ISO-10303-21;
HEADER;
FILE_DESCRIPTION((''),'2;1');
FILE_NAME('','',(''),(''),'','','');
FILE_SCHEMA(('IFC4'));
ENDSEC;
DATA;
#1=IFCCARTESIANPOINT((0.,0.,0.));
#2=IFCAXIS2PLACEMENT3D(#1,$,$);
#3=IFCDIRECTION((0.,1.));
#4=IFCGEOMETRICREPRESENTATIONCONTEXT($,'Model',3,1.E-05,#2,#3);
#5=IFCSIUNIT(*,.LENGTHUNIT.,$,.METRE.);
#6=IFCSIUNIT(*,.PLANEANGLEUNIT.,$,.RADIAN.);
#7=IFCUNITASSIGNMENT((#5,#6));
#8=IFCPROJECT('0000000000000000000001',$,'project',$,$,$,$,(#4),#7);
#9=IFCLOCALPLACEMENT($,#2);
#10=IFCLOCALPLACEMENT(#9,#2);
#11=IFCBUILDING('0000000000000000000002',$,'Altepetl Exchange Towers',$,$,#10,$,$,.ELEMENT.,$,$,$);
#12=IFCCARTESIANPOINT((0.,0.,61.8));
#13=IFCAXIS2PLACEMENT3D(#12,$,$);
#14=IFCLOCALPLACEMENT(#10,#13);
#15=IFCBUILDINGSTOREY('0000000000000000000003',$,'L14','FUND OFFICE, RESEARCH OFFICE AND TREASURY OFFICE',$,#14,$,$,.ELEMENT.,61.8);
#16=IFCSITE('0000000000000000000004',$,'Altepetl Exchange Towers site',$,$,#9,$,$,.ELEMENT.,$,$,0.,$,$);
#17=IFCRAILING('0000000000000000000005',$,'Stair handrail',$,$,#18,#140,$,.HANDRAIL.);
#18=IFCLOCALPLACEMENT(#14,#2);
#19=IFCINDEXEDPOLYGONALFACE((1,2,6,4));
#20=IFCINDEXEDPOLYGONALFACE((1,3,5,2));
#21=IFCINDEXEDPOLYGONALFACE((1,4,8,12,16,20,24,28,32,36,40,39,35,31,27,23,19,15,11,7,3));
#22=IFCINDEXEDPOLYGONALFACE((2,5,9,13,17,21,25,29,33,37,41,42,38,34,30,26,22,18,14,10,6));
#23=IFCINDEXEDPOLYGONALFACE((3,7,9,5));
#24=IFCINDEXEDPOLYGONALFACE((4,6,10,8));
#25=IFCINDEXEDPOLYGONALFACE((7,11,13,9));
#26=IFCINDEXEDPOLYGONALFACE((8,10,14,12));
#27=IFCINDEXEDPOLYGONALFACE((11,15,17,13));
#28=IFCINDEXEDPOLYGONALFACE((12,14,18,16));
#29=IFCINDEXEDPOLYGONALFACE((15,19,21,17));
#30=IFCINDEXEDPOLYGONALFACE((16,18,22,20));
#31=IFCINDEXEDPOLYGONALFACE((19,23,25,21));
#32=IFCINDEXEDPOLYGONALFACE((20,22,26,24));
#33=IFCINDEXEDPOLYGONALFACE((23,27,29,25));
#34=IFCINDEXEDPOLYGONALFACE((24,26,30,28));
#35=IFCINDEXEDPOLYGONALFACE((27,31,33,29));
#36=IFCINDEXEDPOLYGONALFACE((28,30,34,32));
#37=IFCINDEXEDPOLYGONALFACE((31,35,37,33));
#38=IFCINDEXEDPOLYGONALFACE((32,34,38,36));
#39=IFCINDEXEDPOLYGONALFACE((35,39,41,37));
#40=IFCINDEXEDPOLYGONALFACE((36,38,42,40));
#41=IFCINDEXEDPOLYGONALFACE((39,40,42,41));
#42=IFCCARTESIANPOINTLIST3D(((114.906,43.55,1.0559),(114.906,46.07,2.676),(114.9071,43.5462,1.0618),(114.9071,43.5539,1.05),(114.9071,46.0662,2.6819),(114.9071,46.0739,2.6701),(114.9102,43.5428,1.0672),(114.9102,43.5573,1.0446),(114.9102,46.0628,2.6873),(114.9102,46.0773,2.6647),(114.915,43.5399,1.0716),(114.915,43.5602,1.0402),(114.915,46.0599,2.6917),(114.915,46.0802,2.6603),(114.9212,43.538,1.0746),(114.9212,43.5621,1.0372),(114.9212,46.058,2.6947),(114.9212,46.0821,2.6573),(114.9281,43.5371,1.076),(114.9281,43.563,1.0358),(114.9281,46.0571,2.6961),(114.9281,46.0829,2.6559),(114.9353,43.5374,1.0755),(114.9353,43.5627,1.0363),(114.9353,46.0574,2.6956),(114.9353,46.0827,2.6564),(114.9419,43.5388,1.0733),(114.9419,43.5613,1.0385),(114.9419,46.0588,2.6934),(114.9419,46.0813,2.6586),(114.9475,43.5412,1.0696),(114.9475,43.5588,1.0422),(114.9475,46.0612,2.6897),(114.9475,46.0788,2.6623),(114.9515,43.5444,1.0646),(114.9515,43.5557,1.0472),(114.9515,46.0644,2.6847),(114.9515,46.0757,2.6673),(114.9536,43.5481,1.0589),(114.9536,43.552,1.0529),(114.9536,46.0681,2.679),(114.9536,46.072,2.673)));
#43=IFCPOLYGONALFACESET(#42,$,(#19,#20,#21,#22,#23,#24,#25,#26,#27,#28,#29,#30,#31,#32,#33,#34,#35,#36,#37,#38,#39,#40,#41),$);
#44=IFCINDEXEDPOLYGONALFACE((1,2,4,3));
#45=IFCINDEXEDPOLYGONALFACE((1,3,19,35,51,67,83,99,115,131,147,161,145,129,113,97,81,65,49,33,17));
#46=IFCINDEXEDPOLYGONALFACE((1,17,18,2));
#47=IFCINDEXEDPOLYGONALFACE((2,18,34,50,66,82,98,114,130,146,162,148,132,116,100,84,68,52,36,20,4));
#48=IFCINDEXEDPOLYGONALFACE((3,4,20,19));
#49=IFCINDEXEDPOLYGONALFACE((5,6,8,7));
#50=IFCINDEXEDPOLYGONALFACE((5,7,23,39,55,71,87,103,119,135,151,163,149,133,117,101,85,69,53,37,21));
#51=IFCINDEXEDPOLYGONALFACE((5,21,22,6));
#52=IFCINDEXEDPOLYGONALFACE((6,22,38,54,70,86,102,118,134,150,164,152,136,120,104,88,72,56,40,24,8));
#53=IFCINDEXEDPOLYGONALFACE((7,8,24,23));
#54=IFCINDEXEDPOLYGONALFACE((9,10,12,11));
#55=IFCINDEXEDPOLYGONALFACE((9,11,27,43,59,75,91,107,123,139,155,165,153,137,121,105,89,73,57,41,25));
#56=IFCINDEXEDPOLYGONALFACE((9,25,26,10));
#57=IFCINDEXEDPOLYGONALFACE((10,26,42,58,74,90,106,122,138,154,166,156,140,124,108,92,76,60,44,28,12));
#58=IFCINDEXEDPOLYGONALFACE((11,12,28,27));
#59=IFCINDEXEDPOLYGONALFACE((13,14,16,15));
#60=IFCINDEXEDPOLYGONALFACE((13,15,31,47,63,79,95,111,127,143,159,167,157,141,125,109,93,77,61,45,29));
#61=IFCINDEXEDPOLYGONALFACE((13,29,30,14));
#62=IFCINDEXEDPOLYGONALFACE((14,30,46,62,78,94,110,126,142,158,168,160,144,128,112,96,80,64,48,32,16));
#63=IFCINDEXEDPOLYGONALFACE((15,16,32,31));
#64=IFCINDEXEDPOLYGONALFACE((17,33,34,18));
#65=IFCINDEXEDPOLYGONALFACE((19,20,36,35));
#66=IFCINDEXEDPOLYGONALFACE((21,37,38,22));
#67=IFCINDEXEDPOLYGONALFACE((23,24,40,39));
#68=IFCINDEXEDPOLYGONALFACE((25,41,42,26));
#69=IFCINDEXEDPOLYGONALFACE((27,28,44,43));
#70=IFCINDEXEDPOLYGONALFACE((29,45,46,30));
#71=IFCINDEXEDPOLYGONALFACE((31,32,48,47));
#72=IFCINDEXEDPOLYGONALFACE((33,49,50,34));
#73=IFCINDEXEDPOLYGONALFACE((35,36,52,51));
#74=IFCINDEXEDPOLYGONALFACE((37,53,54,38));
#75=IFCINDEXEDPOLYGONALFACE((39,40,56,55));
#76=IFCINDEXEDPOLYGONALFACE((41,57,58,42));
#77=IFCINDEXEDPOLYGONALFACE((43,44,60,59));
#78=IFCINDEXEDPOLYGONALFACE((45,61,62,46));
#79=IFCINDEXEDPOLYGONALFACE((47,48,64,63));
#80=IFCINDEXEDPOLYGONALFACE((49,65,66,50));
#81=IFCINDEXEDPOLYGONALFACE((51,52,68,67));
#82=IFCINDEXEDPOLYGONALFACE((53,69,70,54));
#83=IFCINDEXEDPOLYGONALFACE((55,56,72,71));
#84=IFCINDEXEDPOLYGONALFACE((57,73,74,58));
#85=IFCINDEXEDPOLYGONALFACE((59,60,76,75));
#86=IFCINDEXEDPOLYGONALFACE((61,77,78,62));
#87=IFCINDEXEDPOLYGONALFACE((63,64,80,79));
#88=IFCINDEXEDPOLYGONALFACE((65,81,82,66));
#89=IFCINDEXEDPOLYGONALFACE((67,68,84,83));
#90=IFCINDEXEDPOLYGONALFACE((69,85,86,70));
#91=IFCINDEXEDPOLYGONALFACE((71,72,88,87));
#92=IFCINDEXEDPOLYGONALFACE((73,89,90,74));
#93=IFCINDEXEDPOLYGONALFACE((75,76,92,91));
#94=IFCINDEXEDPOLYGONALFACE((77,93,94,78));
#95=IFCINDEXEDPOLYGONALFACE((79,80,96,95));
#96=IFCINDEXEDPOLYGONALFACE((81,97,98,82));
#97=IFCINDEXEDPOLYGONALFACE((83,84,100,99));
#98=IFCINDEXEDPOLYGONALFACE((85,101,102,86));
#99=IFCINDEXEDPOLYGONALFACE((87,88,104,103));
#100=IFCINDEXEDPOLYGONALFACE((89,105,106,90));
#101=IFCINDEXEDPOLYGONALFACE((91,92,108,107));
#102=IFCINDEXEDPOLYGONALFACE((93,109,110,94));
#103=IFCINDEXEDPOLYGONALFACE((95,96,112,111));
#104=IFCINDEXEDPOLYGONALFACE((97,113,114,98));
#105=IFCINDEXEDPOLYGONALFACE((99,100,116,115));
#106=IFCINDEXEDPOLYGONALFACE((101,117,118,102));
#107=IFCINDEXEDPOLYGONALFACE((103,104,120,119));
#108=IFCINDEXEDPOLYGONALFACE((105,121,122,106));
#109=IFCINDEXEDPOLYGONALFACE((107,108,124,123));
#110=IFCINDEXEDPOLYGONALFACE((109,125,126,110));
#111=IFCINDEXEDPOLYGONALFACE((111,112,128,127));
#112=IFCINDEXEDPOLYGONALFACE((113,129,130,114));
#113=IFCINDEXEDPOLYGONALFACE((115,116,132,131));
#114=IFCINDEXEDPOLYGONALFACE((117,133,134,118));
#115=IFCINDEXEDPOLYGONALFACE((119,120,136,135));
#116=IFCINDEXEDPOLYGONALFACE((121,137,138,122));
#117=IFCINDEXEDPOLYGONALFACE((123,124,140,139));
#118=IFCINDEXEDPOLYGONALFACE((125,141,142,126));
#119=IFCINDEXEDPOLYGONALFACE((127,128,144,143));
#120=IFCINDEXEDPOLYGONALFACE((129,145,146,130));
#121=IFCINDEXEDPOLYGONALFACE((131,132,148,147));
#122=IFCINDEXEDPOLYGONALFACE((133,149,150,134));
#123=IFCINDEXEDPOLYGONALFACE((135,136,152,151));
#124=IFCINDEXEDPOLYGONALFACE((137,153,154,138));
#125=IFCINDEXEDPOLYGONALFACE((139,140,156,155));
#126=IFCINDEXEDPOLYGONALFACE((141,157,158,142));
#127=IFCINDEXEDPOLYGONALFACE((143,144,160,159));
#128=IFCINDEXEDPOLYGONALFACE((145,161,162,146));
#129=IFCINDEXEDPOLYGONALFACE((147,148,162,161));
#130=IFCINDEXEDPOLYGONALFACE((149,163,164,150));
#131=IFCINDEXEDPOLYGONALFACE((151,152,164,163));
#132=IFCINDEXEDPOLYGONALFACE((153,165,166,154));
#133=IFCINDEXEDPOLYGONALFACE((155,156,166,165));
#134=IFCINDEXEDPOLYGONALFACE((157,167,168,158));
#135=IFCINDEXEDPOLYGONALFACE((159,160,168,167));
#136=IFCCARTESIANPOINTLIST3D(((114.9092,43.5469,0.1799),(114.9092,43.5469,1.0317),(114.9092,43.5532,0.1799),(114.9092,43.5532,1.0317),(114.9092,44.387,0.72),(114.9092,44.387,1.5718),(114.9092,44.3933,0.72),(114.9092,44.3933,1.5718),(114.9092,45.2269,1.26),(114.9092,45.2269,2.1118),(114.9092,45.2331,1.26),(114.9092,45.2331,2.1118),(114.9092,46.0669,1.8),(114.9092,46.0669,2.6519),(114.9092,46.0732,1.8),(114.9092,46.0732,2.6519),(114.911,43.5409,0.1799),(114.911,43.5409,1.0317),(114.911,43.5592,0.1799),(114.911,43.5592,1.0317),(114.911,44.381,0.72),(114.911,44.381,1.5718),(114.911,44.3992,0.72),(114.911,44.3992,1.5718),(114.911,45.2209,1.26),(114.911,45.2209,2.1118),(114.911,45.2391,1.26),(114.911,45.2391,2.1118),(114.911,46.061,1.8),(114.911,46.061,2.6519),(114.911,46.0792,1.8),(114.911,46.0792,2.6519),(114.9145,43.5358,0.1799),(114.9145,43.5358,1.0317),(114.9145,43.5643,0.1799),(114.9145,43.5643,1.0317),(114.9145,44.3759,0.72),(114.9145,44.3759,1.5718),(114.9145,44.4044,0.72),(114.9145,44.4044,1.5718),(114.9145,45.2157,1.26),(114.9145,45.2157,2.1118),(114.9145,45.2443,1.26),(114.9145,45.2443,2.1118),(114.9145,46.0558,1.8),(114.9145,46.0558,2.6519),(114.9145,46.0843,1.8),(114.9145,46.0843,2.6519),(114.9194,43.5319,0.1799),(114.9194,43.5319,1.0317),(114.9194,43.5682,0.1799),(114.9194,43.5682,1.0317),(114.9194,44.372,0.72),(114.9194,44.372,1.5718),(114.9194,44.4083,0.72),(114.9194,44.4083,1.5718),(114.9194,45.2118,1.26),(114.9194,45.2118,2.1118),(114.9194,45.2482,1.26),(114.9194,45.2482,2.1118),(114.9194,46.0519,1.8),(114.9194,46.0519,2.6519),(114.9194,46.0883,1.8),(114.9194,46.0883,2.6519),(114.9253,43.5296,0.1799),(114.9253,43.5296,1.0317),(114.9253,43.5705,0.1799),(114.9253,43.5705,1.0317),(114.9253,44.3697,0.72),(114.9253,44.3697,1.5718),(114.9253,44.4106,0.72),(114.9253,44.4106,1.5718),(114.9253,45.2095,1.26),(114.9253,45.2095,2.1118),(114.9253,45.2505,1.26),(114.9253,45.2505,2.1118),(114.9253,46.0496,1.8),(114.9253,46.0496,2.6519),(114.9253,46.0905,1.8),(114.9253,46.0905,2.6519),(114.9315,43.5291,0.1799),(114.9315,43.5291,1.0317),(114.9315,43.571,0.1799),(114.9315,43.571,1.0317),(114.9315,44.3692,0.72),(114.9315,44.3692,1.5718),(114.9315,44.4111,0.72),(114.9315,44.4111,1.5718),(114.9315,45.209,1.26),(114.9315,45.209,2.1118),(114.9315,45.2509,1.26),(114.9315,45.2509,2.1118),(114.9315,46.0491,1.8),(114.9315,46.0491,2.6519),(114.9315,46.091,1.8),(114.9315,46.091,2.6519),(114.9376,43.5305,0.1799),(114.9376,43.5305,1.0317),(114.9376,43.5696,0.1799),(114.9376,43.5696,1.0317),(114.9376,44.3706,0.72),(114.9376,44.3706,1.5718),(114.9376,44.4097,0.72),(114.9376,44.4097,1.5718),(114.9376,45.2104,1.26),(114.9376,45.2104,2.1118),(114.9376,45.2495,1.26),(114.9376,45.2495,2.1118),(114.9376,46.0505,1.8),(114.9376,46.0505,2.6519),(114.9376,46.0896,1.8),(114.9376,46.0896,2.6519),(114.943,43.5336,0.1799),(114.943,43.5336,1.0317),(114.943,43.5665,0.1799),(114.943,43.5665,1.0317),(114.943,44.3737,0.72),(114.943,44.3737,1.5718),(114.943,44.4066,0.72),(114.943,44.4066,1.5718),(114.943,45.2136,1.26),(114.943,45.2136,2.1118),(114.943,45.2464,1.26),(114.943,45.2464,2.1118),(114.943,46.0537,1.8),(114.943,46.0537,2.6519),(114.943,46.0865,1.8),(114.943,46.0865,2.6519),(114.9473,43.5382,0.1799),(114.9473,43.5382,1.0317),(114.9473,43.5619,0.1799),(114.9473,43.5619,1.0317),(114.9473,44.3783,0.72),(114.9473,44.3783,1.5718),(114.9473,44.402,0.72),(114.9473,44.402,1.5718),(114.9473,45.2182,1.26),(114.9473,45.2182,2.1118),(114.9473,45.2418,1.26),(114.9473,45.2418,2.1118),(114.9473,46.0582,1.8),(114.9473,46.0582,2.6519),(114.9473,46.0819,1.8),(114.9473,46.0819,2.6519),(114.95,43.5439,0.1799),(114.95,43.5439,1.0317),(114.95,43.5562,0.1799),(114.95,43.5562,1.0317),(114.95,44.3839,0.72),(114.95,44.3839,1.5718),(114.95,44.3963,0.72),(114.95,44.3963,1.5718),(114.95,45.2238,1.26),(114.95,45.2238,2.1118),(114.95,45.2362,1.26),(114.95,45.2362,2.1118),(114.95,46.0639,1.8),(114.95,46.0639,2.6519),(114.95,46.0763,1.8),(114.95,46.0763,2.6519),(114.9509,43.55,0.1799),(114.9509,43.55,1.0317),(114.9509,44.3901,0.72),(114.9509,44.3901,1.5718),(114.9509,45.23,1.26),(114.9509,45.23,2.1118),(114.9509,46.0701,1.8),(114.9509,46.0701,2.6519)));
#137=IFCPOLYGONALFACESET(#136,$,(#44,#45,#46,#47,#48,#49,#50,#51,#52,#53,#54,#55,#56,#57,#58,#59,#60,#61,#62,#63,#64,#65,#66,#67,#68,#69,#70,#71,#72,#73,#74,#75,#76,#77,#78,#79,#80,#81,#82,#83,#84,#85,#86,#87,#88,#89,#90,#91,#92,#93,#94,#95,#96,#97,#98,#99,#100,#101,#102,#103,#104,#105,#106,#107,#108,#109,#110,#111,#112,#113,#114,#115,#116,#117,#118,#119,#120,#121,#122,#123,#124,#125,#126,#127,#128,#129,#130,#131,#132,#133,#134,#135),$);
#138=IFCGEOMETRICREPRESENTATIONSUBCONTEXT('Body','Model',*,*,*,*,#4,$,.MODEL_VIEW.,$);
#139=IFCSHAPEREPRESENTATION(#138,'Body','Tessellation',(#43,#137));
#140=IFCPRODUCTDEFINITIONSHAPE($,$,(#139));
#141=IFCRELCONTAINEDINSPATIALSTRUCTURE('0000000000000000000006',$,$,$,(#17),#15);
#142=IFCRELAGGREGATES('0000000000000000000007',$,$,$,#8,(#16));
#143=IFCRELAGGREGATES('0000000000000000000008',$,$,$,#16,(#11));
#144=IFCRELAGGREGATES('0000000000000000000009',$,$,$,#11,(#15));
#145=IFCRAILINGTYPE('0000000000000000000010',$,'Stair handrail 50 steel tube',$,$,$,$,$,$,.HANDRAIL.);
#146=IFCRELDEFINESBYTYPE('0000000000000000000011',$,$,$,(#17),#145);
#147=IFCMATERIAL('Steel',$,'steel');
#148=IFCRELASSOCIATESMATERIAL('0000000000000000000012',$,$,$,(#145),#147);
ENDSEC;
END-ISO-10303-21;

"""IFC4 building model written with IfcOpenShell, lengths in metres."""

from ifc_helpers import new_model, si_unit, direction, frame, origin, origin_2d, place, context, subcontext, project, spatial, circle, extrude, source, transform, mapped, material, type_object, element, save


model = new_model("IFC4")

# Units and contexts
model_context = context("Model", 3, precision=1e-05, world=origin(), true_north=direction((0.0, 1.0)))
body_context = subcontext(model_context, "Body", "Model", "MODEL_VIEW")
ifc_project = project(units=[si_unit("LENGTHUNIT", "METRE"), si_unit("PLANEANGLEUNIT", "RADIAN")], contexts=[model_context])

# Site, building, storey
site_placement = place(None, origin())
site = spatial("IfcSite", under=ifc_project, at=site_placement, Name="Altepetl Exchange Towers site", CompositionType="ELEMENT", RefElevation=0.0)
building_placement = place(site_placement, origin())
building = spatial("IfcBuilding", under=site, at=building_placement, Name="Altepetl Exchange Towers", CompositionType="ELEMENT")
storey_placement = place(building_placement, frame((0.0, 0.0, 61.8)))
storey = spatial("IfcBuildingStorey", under=building, at=storey_placement, Name="L14", Description="FUND OFFICE, RESEARCH OFFICE AND TREASURY OFFICE", CompositionType="ELEMENT", Elevation=61.8)

# Railing
ifc_material_1 = material(Name="Steel", Category="steel")
railing_type = type_object("IfcRailingType", Name="Stair handrail 50 steel tube", PredefinedType="HANDRAIL", material=ifc_material_1)
shared_shape = source(origin(), body_context, "Body", "SweptSolid", [
    extrude(circle(Radius=0.021, at=origin_2d()), origin(), (0.0, 0.0, 1.0), 0.8518),
])
railing_1_placement = place(storey_placement, frame((114.9299, 43.55, 0.1799)))
element("IfcRailing", 1, at=railing_1_placement, inside=storey, type_object=railing_type, Name="Stair handrail", PredefinedType="HANDRAIL", context=body_context, shape_type="SweptSolid", body=[
    extrude(circle(Radius=0.0239, at=origin_2d()), frame((0.0, 0.0, 0.876), z_axis=(0.0, 0.841163, 0.540782), x_axis=(-1.0, 0.0, 0.0)), (0.0, 0.0, 1.0), 2.9958),
    mapped(shared_shape, transform((0.0, 0.0, 0.0))),
    mapped(shared_shape, transform((0.0, 0.8401, 0.54))),
    mapped(shared_shape, transform((0.0, 1.6799, 1.0801))),
    mapped(shared_shape, transform((0.0, 2.52, 1.6201))),
])

save(model, "model.ifc")
